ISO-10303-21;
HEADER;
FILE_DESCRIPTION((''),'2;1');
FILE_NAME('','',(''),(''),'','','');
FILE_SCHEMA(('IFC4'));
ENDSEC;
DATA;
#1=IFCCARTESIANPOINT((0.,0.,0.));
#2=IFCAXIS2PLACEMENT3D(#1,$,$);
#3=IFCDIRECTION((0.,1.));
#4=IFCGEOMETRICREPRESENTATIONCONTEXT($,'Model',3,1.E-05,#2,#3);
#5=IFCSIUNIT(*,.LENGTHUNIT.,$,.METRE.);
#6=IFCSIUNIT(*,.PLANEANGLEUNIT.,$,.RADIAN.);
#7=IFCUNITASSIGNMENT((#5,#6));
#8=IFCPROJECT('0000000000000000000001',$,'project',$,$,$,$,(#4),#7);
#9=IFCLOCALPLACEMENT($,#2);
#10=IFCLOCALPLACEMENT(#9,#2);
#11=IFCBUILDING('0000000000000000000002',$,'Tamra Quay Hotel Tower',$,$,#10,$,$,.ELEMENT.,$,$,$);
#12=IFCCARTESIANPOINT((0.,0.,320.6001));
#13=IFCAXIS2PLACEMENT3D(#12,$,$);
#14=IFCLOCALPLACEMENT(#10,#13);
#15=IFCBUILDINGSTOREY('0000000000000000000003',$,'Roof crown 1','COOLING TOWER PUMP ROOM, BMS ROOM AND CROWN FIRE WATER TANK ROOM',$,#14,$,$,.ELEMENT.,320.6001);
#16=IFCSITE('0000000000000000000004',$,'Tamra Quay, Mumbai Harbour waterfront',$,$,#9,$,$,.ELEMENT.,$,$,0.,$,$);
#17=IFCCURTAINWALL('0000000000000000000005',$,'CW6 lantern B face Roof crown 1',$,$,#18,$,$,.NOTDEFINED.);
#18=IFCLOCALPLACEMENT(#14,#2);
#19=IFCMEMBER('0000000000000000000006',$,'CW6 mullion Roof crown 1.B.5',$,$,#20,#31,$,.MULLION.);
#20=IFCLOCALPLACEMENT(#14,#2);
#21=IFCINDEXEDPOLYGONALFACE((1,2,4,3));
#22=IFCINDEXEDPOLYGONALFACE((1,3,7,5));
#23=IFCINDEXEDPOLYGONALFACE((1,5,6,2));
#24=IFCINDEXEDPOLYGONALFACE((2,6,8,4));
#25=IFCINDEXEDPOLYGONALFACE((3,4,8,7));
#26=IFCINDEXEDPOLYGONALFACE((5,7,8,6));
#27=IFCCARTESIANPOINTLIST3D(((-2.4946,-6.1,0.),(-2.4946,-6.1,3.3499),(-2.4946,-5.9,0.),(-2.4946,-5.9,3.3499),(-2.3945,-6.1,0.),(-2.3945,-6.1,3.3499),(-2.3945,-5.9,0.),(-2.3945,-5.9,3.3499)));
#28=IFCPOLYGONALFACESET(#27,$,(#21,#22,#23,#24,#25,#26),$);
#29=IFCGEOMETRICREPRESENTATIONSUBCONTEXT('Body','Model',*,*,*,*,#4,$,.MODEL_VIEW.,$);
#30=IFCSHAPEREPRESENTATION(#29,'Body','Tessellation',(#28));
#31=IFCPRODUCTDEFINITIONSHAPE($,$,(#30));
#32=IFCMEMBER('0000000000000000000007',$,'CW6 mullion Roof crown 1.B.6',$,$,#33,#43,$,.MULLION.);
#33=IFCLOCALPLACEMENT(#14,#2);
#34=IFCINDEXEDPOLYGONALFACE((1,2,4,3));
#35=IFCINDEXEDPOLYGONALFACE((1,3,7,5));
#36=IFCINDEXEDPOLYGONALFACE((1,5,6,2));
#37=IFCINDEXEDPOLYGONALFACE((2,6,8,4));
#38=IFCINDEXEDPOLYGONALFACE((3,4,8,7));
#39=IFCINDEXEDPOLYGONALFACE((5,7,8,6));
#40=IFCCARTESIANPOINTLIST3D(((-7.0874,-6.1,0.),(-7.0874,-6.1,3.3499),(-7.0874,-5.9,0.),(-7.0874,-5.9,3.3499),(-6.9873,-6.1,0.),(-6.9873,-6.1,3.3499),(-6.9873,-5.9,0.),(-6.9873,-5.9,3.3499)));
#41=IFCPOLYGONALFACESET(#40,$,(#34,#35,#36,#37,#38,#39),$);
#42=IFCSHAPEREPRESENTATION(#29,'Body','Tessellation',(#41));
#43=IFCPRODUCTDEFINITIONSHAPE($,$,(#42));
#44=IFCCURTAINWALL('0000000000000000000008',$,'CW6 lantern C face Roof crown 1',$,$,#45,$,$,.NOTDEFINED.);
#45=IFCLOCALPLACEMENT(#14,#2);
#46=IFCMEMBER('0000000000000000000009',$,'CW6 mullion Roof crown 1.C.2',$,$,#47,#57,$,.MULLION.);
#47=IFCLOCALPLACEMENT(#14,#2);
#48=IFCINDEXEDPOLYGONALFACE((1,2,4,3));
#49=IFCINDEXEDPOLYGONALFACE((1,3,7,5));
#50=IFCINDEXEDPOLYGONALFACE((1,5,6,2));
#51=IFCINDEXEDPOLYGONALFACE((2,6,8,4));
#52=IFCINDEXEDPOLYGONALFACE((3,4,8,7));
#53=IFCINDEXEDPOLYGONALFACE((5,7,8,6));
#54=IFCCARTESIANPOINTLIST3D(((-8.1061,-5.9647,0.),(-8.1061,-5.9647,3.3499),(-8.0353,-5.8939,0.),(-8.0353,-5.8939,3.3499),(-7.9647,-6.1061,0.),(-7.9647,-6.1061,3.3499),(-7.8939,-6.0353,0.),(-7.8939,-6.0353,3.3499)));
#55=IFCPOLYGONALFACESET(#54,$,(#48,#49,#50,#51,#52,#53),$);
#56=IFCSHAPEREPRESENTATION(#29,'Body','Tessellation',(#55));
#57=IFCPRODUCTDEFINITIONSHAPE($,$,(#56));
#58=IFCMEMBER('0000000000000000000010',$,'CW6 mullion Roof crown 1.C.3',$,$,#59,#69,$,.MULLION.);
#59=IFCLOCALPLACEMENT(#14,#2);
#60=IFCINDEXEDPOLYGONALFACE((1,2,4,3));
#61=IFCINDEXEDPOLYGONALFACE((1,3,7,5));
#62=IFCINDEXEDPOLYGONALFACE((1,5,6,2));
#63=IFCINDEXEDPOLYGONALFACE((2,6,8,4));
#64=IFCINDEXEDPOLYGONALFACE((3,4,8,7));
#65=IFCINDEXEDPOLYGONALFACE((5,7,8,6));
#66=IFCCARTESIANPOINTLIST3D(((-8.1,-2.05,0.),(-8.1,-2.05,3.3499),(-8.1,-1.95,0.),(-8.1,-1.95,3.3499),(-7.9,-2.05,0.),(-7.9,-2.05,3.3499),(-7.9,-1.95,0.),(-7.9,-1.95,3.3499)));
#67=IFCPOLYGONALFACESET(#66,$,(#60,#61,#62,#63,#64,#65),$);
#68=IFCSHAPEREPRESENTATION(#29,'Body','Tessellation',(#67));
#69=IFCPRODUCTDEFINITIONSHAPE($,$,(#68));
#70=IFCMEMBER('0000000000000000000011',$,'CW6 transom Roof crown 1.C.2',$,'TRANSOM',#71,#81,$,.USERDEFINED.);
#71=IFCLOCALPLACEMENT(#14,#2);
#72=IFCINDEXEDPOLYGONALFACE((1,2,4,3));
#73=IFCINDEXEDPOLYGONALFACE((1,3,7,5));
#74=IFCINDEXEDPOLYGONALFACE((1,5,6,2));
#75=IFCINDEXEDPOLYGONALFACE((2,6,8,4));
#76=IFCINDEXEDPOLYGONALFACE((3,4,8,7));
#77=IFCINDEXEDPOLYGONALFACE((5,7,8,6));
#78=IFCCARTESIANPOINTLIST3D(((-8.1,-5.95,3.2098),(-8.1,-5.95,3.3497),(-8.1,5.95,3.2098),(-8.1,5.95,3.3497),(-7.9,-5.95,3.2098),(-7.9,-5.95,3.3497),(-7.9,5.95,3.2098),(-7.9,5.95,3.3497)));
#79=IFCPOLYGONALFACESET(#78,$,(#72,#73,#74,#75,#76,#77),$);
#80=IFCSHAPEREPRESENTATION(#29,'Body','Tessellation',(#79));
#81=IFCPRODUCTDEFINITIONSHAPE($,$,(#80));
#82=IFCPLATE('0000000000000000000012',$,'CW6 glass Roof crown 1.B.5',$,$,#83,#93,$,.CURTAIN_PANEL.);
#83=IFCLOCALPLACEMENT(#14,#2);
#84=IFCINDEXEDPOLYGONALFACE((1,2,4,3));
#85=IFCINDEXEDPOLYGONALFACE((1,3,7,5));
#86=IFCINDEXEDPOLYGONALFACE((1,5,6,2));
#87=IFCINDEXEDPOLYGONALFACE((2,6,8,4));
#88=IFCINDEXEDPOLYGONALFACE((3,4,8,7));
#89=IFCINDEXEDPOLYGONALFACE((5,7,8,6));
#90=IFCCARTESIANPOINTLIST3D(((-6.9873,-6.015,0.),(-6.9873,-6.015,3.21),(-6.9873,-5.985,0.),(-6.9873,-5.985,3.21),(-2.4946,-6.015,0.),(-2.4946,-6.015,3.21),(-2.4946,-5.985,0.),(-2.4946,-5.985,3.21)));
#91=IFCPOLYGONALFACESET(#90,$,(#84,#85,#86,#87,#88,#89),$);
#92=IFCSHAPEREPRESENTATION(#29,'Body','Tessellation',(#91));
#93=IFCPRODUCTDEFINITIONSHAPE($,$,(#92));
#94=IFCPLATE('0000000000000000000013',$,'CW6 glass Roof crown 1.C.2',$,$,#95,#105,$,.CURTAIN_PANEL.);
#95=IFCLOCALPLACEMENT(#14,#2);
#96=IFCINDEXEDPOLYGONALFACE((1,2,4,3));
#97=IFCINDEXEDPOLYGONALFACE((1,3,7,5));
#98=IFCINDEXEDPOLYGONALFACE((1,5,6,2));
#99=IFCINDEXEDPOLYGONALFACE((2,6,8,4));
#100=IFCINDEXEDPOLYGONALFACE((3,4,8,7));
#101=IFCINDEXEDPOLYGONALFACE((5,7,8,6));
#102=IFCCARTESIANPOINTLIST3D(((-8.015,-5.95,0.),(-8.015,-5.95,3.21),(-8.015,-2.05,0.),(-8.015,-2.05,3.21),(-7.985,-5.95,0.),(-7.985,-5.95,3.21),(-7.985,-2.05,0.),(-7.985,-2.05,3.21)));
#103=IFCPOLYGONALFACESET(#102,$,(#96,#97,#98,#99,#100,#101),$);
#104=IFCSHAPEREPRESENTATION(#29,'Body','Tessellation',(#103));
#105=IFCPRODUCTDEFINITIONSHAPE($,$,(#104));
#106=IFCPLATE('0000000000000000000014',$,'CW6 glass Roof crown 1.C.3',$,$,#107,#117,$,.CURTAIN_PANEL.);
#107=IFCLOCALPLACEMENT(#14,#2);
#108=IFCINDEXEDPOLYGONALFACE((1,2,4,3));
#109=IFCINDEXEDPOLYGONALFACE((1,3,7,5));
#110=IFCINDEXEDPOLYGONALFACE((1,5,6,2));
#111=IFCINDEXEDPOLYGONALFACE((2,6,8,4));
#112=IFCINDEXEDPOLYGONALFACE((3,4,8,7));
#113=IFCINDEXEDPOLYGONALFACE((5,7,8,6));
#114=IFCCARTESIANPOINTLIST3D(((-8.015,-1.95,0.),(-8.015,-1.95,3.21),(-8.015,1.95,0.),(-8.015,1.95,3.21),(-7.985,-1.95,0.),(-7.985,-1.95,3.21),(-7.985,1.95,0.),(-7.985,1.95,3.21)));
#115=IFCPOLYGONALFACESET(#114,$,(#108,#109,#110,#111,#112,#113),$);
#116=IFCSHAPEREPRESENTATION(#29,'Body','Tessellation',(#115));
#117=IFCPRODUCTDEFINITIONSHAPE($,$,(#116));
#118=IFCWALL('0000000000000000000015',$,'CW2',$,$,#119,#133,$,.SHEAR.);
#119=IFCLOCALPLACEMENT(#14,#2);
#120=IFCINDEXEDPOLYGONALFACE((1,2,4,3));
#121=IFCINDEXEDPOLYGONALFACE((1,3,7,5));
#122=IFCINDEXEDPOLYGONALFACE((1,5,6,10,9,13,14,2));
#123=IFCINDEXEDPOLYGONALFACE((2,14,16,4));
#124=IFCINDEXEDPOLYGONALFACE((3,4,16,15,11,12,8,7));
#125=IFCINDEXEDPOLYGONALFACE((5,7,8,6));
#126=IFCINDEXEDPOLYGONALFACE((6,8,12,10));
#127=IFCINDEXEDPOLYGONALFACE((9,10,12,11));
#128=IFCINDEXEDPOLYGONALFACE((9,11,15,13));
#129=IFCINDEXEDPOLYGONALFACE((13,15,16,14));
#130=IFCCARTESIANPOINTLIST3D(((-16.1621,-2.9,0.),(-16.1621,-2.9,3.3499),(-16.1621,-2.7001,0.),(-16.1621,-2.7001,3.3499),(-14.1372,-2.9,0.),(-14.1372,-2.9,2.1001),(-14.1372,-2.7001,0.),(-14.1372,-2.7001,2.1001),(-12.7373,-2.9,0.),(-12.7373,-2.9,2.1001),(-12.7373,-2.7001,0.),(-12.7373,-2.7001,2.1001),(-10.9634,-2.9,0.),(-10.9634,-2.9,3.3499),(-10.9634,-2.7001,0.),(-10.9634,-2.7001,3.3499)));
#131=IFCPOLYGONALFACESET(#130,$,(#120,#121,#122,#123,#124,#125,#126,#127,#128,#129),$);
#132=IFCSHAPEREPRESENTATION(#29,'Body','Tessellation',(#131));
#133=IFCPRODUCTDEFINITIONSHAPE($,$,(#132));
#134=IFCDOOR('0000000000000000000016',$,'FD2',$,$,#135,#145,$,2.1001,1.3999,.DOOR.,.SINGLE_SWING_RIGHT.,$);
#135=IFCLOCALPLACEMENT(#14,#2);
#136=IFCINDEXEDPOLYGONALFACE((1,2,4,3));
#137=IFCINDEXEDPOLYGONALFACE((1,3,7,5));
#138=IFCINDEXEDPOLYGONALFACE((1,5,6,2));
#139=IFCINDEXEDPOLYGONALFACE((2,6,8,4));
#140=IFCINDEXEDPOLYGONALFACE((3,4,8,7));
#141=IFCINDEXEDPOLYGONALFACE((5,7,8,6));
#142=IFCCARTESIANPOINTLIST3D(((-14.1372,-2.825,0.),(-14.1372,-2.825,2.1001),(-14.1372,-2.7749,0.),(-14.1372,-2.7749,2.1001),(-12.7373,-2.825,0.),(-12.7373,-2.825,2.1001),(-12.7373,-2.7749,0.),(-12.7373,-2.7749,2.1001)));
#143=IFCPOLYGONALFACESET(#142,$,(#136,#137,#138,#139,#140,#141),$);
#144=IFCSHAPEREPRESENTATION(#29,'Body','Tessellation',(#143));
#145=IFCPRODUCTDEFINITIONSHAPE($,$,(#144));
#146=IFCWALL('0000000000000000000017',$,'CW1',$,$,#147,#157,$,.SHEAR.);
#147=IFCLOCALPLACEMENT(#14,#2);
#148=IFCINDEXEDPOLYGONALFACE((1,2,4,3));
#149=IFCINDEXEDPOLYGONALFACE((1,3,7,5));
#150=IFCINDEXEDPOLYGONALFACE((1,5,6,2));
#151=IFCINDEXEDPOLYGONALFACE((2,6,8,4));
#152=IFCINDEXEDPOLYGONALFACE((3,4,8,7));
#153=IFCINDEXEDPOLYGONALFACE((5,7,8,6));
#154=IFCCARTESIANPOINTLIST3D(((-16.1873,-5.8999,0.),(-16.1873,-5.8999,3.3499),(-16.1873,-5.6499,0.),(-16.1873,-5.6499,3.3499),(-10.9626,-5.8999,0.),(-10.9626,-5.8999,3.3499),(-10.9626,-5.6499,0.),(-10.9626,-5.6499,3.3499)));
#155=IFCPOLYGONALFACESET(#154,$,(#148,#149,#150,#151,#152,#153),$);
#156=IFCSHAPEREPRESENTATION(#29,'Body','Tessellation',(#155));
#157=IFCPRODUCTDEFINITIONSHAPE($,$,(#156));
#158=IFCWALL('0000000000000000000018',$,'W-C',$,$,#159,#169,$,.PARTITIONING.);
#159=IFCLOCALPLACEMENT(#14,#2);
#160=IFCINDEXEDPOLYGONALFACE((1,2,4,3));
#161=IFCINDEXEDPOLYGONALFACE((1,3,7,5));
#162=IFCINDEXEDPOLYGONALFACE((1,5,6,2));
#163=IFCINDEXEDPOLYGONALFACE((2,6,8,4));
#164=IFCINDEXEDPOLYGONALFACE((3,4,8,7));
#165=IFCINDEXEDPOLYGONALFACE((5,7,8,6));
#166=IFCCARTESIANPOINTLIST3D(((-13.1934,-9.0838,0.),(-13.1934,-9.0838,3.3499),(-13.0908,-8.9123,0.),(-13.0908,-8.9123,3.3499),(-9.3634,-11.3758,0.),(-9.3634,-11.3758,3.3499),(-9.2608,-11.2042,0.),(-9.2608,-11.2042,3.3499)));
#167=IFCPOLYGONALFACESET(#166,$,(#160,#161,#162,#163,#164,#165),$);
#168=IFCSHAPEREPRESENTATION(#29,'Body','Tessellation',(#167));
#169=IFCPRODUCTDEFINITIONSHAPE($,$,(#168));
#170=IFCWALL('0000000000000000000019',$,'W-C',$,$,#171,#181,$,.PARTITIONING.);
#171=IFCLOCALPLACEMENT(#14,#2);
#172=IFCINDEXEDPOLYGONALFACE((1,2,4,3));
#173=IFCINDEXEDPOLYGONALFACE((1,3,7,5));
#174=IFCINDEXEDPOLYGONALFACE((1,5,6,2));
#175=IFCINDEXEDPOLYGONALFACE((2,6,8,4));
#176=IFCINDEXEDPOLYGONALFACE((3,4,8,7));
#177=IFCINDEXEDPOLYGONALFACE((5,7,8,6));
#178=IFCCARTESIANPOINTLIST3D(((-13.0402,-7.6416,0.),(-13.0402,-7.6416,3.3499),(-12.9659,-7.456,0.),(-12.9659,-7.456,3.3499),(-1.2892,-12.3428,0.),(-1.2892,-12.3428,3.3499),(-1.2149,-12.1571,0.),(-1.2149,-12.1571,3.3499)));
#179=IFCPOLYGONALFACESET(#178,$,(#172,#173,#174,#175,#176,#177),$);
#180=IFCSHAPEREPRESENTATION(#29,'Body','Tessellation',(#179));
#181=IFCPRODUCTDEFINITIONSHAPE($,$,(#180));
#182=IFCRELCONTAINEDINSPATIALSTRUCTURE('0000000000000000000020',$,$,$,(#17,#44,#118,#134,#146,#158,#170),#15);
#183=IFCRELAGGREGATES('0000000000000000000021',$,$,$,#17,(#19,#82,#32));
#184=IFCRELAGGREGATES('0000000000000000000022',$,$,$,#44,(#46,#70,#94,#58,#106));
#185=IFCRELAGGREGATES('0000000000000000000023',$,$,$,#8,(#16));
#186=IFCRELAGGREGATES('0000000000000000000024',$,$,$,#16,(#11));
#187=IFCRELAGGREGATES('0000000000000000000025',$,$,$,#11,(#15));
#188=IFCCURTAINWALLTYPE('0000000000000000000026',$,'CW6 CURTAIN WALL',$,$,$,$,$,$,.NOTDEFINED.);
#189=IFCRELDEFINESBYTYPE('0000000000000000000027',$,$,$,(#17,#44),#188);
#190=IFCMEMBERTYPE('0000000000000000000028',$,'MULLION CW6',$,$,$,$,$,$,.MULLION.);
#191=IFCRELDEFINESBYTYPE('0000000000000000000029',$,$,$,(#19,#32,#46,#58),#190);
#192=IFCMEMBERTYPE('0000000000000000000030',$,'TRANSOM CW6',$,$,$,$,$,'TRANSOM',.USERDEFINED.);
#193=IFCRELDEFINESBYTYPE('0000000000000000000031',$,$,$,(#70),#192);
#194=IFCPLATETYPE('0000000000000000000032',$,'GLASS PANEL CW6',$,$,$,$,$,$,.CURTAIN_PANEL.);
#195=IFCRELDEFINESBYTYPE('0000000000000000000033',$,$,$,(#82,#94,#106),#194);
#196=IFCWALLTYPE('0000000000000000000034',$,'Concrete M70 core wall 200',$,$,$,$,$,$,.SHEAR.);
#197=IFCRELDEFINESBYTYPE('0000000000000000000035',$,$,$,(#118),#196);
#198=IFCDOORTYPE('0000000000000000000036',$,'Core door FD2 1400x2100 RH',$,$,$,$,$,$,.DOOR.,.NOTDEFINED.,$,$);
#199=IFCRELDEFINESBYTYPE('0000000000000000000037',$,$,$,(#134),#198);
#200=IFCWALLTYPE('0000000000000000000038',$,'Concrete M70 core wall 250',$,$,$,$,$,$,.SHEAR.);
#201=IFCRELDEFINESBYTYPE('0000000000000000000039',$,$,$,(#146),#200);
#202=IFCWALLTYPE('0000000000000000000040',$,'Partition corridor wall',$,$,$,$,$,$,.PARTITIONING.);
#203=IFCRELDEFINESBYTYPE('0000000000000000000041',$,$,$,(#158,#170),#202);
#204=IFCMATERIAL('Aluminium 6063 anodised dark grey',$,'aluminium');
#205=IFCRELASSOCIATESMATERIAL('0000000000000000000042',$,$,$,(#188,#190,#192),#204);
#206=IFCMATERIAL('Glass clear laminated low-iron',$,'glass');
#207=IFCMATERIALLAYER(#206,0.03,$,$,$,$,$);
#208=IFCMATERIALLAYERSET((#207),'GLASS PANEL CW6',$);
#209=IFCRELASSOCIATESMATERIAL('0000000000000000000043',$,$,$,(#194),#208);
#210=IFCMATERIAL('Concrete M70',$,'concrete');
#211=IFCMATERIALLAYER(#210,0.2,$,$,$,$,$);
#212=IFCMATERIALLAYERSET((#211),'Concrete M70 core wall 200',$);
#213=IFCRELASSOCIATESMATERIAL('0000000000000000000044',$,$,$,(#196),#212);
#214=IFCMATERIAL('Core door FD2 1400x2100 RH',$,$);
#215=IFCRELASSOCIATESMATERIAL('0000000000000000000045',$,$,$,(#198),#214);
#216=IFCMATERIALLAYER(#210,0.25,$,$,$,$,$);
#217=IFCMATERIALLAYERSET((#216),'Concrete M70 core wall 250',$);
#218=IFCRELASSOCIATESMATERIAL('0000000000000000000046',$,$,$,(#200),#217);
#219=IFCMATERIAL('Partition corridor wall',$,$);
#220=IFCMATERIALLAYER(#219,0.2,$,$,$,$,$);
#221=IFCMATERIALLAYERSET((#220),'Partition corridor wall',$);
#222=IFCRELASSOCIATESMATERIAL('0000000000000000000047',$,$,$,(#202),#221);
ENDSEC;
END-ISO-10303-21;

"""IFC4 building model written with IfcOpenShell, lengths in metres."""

from ifc_helpers import new_model, si_unit, direction, frame, frame_2d, origin, origin_2d, place, context, subcontext, project, spatial, rectangle, extrude, material, layer, layer_set, material_profile, profile_set, type_object, element, fill, aggregate, save


model = new_model("IFC4")

# Units and contexts
model_context = context("Model", 3, precision=1e-05, world=origin(), true_north=direction((0.0, 1.0)))
body_context = subcontext(model_context, "Body", "Model", "MODEL_VIEW")
ifc_project = project(units=[si_unit("LENGTHUNIT", "METRE"), si_unit("PLANEANGLEUNIT", "RADIAN")], contexts=[model_context])

# Site, building, storey
site_placement = place(None, origin())
site = spatial("IfcSite", under=ifc_project, at=site_placement, Name="Tamra Quay, Mumbai Harbour waterfront", CompositionType="ELEMENT", RefElevation=0.0)
building_placement = place(site_placement, origin())
building = spatial("IfcBuilding", under=site, at=building_placement, Name="Tamra Quay Hotel Tower", CompositionType="ELEMENT")
storey_placement = place(building_placement, frame((0.0, 0.0, 320.6001)))
storey = spatial("IfcBuildingStorey", under=building, at=storey_placement, Name="Roof crown 1", Description="COOLING TOWER PUMP ROOM, BMS ROOM AND CROWN FIRE WATER TANK ROOM", CompositionType="ELEMENT", Elevation=320.6001)

# Curtain walls, members
ifc_material_1 = material(Name="Aluminium 6063 anodised dark grey", Category="aluminium")
curtain_wall_type = type_object("IfcCurtainWallType", Name="CW6 CURTAIN WALL", PredefinedType="NOTDEFINED", material=ifc_material_1)
curtain_wall_1_placement = place(storey_placement, origin())
curtain_wall_1 = element("IfcCurtainWall", 1, at=curtain_wall_1_placement, inside=storey, type_object=curtain_wall_type, Name="CW6 lantern B face Roof crown 1", PredefinedType="NOTDEFINED")
ifc_material_profile_1 = material_profile(ifc_material_1, rectangle(XDim=0.2, YDim=0.1001, at=origin_2d()), Name="MULLION 100X200")
ifc_profile_set_1 = profile_set([ifc_material_profile_1], Name="Aluminium 6063 anodised dark grey")
member_type_1 = type_object("IfcMemberType", Name="MULLION CW6", PredefinedType="MULLION", material=ifc_profile_set_1)
member_1_placement = place(storey_placement, frame((-2.4446, -6.0, 0.0), z_axis=(0.0, 0.0, 1.0), x_axis=(0.0, 1.0, 0.0)))
member_1 = element("IfcMember", 2, at=member_1_placement, type_object=member_type_1, Name="CW6 mullion Roof crown 1.B.5", PredefinedType="MULLION", context=body_context, shape_type="SweptSolid", body=[
    extrude(rectangle(XDim=0.2, YDim=0.1001, at=origin_2d()), origin(), (0.0, 0.0, 1.0), 3.3499),
])
member_2_placement = place(storey_placement, frame((-7.0374, -6.0, 0.0), z_axis=(0.0, 0.0, 1.0), x_axis=(0.0, 1.0, 0.0)))
member_2 = element("IfcMember", 3, at=member_2_placement, type_object=member_type_1, Name="CW6 mullion Roof crown 1.B.6", PredefinedType="MULLION", context=body_context, shape_type="SweptSolid", body=[
    extrude(rectangle(XDim=0.2, YDim=0.1001, at=origin_2d()), origin(), (0.0, 0.0, 1.0), 3.3499),
])
curtain_wall_2_placement = place(storey_placement, origin())
curtain_wall_2 = element("IfcCurtainWall", 4, at=curtain_wall_2_placement, inside=storey, type_object=curtain_wall_type, Name="CW6 lantern C face Roof crown 1", PredefinedType="NOTDEFINED")
member_3_placement = place(storey_placement, frame((-8.0, -6.0, 0.0), z_axis=(0.0, 0.0, 1.0), x_axis=(0.707107, -0.707107, 0.0)))
member_3 = element("IfcMember", 5, at=member_3_placement, type_object=member_type_1, Name="CW6 mullion Roof crown 1.C.2", PredefinedType="MULLION", context=body_context, shape_type="SweptSolid", body=[
    extrude(rectangle(XDim=0.2, YDim=0.1001, at=origin_2d()), origin(), (0.0, 0.0, 1.0), 3.3499),
])
member_4_placement = place(storey_placement, frame((-8.0, -2.0, 0.0), z_axis=(0.0, 0.0, 1.0), x_axis=(1.0, 0.0, 0.0)))
member_4 = element("IfcMember", 6, at=member_4_placement, type_object=member_type_1, Name="CW6 mullion Roof crown 1.C.3", PredefinedType="MULLION", context=body_context, shape_type="SweptSolid", body=[
    extrude(rectangle(XDim=0.2, YDim=0.1001, at=origin_2d()), origin(), (0.0, 0.0, 1.0), 3.3499),
])
ifc_material_profile_2 = material_profile(ifc_material_1, rectangle(XDim=0.2, YDim=0.1399, at=origin_2d()), Name="TRANSOM 200X140")
ifc_profile_set_2 = profile_set([ifc_material_profile_2], Name="Aluminium 6063 anodised dark grey")
member_type_2 = type_object("IfcMemberType", Name="TRANSOM CW6", ElementType="TRANSOM", PredefinedType="USERDEFINED", material=ifc_profile_set_2)
member_5_placement = place(storey_placement, frame((-8.0, -5.95, 3.2798), z_axis=(0.0, 1.0, 0.0), x_axis=(-1.0, 0.0, 0.0)))
member_5 = element("IfcMember", 7, at=member_5_placement, type_object=member_type_2, Name="CW6 transom Roof crown 1.C.2", ObjectType="TRANSOM", PredefinedType="USERDEFINED", context=body_context, shape_type="SweptSolid", body=[
    extrude(rectangle(XDim=0.2, YDim=0.1399, at=origin_2d()), origin(), (0.0, 0.0, 1.0), 11.8999),
])

# Plates
ifc_material_2 = material(Name="Glass clear laminated low-iron", Category="glass")
ifc_layer_1 = layer(ifc_material_2, 0.03)
ifc_layer_set_1 = layer_set([ifc_layer_1], Name="GLASS PANEL CW6")
plate_type = type_object("IfcPlateType", Name="GLASS PANEL CW6", PredefinedType="CURTAIN_PANEL", material=ifc_layer_set_1)
plate_1_placement = place(storey_placement, frame((-4.741, -6.0, 0.0), z_axis=(0.0, 0.0, 1.0), x_axis=(-1.0, 0.0, 0.0)))
plate_1 = element("IfcPlate", 8, at=plate_1_placement, type_object=plate_type, Name="CW6 glass Roof crown 1.B.5", PredefinedType="CURTAIN_PANEL", context=body_context, shape_type="SweptSolid", body=[
    extrude(rectangle(XDim=4.4927, YDim=0.03, at=origin_2d()), origin(), (0.0, 0.0, 1.0), 3.21),
])
aggregate(curtain_wall_1, [member_1, plate_1, member_2])
plate_2_placement = place(storey_placement, frame((-8.0, -4.0, 0.0), z_axis=(0.0, 0.0, 1.0), x_axis=(0.0, 1.0, 0.0)))
plate_2 = element("IfcPlate", 9, at=plate_2_placement, type_object=plate_type, Name="CW6 glass Roof crown 1.C.2", PredefinedType="CURTAIN_PANEL", context=body_context, shape_type="SweptSolid", body=[
    extrude(rectangle(XDim=3.8999, YDim=0.03, at=origin_2d()), origin(), (0.0, 0.0, 1.0), 3.21),
])
plate_3_placement = place(storey_placement, frame((-8.0, 0.0, 0.0), z_axis=(0.0, 0.0, 1.0), x_axis=(0.0, 1.0, 0.0)))
plate_3 = element("IfcPlate", 10, at=plate_3_placement, type_object=plate_type, Name="CW6 glass Roof crown 1.C.3", PredefinedType="CURTAIN_PANEL", context=body_context, shape_type="SweptSolid", body=[
    extrude(rectangle(XDim=3.8999, YDim=0.03, at=origin_2d()), origin(), (0.0, 0.0, 1.0), 3.21),
])
aggregate(curtain_wall_2, [member_3, member_5, plate_2, member_4, plate_3])

# Wall, opening, door
ifc_material_3 = material(Name="Concrete M70", Category="concrete")
ifc_layer_2 = layer(ifc_material_3, 0.2)
ifc_layer_set_2 = layer_set([ifc_layer_2], Name="Concrete M70 core wall 200")
wall_type_1 = type_object("IfcWallType", Name="Concrete M70 core wall 200", PredefinedType="SHEAR", material=ifc_layer_set_2)
wall_1_placement = place(storey_placement, frame((-10.9634, -2.8, 0.0), z_axis=(0.0, 0.0, 1.0), x_axis=(-1.0, 0.0, 0.0)))
wall_1 = element("IfcWall", 11, at=wall_1_placement, inside=storey, type_object=wall_type_1, Name="CW2", PredefinedType="SHEAR", context=body_context, shape_type="SweptSolid", body=[
    extrude(rectangle(XDim=5.1987, YDim=0.2, at=frame_2d((2.5994, 0.0))), origin(), (0.0, 0.0, 1.0), 3.3499),
])
opening_1_placement = place(wall_1_placement, frame((1.7739, 0.0, 0.0)))
opening_1 = element("IfcOpeningElement", 12, at=opening_1_placement, cuts=wall_1, PredefinedType="OPENING", context=body_context, shape_type="SweptSolid", body=[
    extrude(rectangle(XDim=1.3999, YDim=2.1001, at=frame_2d((0.7, 1.05))), frame((0.0, 0.1099, 0.0), z_axis=(0.0, -1.0, 0.0), x_axis=(1.0, 0.0, 0.0)), (0.0, 0.0, 1.0), 0.22),
])
ifc_material_4 = material(Name="Core door FD2 1400x2100 RH")
door_type_1 = type_object("IfcDoorType", Name="Core door FD2 1400x2100 RH", OperationType="NOTDEFINED", PredefinedType="DOOR", material=ifc_material_4)
door_1_placement = place(opening_1_placement, origin())
door_1 = element("IfcDoor", 13, at=door_1_placement, inside=storey, type_object=door_type_1, Name="FD2", OperationType="SINGLE_SWING_RIGHT", OverallHeight=2.1001, OverallWidth=1.3999, PredefinedType="DOOR", context=body_context, shape_type="SweptSolid", body=[
    extrude(rectangle(XDim=1.3999, YDim=2.1001, at=frame_2d((0.7, 1.05))), frame((0.0, 0.0249, 0.0), z_axis=(0.0, -1.0, 0.0), x_axis=(1.0, 0.0, 0.0)), (0.0, 0.0, 1.0), 0.05),
])
fill(opening_1, door_1)

# Walls
ifc_layer_3 = layer(ifc_material_3, 0.25)
ifc_layer_set_3 = layer_set([ifc_layer_3], Name="Concrete M70 core wall 250")
wall_type_2 = type_object("IfcWallType", Name="Concrete M70 core wall 250", PredefinedType="SHEAR", material=ifc_layer_set_3)
wall_2_placement = place(storey_placement, frame((-10.9626, -5.7749, 0.0), z_axis=(0.0, 0.0, 1.0), x_axis=(-1.0, 0.0, 0.0)))
element("IfcWall", 14, at=wall_2_placement, inside=storey, type_object=wall_type_2, Name="CW1", PredefinedType="SHEAR", context=body_context, shape_type="SweptSolid", body=[
    extrude(rectangle(XDim=5.2246, YDim=0.25, at=frame_2d((2.6123, 0.0))), origin(), (0.0, 0.0, 1.0), 3.3499),
])
ifc_material_5 = material(Name="Partition corridor wall")
ifc_layer_4 = layer(ifc_material_5, 0.2)
ifc_layer_set_4 = layer_set([ifc_layer_4], Name="Partition corridor wall")
wall_type_3 = type_object("IfcWallType", Name="Partition corridor wall", PredefinedType="PARTITIONING", material=ifc_layer_set_4)
wall_3_placement = place(storey_placement, frame((-13.1421, -8.998, 0.0), z_axis=(0.0, 0.0, 1.0), x_axis=(0.858091, -0.513498, 0.0)))
element("IfcWall", 15, at=wall_3_placement, inside=storey, type_object=wall_type_3, Name="W-C", PredefinedType="PARTITIONING", context=body_context, shape_type="SweptSolid", body=[
    extrude(rectangle(XDim=4.4634, YDim=0.2, at=frame_2d((2.2317, 0.0))), origin(), (0.0, 0.0, 1.0), 3.3499),
])
wall_4_placement = place(storey_placement, frame((-13.0029, -7.5488, 0.0), z_axis=(0.0, 0.0, 1.0), x_axis=(0.928455, -0.371444, 0.0)))
element("IfcWall", 16, at=wall_4_placement, inside=storey, type_object=wall_type_3, Name="W-C", PredefinedType="PARTITIONING", context=body_context, shape_type="SweptSolid", body=[
    extrude(rectangle(XDim=12.6565, YDim=0.2, at=frame_2d((6.3281, 0.0))), origin(), (0.0, 0.0, 1.0), 3.3499),
])

save(model, "model.ifc")
